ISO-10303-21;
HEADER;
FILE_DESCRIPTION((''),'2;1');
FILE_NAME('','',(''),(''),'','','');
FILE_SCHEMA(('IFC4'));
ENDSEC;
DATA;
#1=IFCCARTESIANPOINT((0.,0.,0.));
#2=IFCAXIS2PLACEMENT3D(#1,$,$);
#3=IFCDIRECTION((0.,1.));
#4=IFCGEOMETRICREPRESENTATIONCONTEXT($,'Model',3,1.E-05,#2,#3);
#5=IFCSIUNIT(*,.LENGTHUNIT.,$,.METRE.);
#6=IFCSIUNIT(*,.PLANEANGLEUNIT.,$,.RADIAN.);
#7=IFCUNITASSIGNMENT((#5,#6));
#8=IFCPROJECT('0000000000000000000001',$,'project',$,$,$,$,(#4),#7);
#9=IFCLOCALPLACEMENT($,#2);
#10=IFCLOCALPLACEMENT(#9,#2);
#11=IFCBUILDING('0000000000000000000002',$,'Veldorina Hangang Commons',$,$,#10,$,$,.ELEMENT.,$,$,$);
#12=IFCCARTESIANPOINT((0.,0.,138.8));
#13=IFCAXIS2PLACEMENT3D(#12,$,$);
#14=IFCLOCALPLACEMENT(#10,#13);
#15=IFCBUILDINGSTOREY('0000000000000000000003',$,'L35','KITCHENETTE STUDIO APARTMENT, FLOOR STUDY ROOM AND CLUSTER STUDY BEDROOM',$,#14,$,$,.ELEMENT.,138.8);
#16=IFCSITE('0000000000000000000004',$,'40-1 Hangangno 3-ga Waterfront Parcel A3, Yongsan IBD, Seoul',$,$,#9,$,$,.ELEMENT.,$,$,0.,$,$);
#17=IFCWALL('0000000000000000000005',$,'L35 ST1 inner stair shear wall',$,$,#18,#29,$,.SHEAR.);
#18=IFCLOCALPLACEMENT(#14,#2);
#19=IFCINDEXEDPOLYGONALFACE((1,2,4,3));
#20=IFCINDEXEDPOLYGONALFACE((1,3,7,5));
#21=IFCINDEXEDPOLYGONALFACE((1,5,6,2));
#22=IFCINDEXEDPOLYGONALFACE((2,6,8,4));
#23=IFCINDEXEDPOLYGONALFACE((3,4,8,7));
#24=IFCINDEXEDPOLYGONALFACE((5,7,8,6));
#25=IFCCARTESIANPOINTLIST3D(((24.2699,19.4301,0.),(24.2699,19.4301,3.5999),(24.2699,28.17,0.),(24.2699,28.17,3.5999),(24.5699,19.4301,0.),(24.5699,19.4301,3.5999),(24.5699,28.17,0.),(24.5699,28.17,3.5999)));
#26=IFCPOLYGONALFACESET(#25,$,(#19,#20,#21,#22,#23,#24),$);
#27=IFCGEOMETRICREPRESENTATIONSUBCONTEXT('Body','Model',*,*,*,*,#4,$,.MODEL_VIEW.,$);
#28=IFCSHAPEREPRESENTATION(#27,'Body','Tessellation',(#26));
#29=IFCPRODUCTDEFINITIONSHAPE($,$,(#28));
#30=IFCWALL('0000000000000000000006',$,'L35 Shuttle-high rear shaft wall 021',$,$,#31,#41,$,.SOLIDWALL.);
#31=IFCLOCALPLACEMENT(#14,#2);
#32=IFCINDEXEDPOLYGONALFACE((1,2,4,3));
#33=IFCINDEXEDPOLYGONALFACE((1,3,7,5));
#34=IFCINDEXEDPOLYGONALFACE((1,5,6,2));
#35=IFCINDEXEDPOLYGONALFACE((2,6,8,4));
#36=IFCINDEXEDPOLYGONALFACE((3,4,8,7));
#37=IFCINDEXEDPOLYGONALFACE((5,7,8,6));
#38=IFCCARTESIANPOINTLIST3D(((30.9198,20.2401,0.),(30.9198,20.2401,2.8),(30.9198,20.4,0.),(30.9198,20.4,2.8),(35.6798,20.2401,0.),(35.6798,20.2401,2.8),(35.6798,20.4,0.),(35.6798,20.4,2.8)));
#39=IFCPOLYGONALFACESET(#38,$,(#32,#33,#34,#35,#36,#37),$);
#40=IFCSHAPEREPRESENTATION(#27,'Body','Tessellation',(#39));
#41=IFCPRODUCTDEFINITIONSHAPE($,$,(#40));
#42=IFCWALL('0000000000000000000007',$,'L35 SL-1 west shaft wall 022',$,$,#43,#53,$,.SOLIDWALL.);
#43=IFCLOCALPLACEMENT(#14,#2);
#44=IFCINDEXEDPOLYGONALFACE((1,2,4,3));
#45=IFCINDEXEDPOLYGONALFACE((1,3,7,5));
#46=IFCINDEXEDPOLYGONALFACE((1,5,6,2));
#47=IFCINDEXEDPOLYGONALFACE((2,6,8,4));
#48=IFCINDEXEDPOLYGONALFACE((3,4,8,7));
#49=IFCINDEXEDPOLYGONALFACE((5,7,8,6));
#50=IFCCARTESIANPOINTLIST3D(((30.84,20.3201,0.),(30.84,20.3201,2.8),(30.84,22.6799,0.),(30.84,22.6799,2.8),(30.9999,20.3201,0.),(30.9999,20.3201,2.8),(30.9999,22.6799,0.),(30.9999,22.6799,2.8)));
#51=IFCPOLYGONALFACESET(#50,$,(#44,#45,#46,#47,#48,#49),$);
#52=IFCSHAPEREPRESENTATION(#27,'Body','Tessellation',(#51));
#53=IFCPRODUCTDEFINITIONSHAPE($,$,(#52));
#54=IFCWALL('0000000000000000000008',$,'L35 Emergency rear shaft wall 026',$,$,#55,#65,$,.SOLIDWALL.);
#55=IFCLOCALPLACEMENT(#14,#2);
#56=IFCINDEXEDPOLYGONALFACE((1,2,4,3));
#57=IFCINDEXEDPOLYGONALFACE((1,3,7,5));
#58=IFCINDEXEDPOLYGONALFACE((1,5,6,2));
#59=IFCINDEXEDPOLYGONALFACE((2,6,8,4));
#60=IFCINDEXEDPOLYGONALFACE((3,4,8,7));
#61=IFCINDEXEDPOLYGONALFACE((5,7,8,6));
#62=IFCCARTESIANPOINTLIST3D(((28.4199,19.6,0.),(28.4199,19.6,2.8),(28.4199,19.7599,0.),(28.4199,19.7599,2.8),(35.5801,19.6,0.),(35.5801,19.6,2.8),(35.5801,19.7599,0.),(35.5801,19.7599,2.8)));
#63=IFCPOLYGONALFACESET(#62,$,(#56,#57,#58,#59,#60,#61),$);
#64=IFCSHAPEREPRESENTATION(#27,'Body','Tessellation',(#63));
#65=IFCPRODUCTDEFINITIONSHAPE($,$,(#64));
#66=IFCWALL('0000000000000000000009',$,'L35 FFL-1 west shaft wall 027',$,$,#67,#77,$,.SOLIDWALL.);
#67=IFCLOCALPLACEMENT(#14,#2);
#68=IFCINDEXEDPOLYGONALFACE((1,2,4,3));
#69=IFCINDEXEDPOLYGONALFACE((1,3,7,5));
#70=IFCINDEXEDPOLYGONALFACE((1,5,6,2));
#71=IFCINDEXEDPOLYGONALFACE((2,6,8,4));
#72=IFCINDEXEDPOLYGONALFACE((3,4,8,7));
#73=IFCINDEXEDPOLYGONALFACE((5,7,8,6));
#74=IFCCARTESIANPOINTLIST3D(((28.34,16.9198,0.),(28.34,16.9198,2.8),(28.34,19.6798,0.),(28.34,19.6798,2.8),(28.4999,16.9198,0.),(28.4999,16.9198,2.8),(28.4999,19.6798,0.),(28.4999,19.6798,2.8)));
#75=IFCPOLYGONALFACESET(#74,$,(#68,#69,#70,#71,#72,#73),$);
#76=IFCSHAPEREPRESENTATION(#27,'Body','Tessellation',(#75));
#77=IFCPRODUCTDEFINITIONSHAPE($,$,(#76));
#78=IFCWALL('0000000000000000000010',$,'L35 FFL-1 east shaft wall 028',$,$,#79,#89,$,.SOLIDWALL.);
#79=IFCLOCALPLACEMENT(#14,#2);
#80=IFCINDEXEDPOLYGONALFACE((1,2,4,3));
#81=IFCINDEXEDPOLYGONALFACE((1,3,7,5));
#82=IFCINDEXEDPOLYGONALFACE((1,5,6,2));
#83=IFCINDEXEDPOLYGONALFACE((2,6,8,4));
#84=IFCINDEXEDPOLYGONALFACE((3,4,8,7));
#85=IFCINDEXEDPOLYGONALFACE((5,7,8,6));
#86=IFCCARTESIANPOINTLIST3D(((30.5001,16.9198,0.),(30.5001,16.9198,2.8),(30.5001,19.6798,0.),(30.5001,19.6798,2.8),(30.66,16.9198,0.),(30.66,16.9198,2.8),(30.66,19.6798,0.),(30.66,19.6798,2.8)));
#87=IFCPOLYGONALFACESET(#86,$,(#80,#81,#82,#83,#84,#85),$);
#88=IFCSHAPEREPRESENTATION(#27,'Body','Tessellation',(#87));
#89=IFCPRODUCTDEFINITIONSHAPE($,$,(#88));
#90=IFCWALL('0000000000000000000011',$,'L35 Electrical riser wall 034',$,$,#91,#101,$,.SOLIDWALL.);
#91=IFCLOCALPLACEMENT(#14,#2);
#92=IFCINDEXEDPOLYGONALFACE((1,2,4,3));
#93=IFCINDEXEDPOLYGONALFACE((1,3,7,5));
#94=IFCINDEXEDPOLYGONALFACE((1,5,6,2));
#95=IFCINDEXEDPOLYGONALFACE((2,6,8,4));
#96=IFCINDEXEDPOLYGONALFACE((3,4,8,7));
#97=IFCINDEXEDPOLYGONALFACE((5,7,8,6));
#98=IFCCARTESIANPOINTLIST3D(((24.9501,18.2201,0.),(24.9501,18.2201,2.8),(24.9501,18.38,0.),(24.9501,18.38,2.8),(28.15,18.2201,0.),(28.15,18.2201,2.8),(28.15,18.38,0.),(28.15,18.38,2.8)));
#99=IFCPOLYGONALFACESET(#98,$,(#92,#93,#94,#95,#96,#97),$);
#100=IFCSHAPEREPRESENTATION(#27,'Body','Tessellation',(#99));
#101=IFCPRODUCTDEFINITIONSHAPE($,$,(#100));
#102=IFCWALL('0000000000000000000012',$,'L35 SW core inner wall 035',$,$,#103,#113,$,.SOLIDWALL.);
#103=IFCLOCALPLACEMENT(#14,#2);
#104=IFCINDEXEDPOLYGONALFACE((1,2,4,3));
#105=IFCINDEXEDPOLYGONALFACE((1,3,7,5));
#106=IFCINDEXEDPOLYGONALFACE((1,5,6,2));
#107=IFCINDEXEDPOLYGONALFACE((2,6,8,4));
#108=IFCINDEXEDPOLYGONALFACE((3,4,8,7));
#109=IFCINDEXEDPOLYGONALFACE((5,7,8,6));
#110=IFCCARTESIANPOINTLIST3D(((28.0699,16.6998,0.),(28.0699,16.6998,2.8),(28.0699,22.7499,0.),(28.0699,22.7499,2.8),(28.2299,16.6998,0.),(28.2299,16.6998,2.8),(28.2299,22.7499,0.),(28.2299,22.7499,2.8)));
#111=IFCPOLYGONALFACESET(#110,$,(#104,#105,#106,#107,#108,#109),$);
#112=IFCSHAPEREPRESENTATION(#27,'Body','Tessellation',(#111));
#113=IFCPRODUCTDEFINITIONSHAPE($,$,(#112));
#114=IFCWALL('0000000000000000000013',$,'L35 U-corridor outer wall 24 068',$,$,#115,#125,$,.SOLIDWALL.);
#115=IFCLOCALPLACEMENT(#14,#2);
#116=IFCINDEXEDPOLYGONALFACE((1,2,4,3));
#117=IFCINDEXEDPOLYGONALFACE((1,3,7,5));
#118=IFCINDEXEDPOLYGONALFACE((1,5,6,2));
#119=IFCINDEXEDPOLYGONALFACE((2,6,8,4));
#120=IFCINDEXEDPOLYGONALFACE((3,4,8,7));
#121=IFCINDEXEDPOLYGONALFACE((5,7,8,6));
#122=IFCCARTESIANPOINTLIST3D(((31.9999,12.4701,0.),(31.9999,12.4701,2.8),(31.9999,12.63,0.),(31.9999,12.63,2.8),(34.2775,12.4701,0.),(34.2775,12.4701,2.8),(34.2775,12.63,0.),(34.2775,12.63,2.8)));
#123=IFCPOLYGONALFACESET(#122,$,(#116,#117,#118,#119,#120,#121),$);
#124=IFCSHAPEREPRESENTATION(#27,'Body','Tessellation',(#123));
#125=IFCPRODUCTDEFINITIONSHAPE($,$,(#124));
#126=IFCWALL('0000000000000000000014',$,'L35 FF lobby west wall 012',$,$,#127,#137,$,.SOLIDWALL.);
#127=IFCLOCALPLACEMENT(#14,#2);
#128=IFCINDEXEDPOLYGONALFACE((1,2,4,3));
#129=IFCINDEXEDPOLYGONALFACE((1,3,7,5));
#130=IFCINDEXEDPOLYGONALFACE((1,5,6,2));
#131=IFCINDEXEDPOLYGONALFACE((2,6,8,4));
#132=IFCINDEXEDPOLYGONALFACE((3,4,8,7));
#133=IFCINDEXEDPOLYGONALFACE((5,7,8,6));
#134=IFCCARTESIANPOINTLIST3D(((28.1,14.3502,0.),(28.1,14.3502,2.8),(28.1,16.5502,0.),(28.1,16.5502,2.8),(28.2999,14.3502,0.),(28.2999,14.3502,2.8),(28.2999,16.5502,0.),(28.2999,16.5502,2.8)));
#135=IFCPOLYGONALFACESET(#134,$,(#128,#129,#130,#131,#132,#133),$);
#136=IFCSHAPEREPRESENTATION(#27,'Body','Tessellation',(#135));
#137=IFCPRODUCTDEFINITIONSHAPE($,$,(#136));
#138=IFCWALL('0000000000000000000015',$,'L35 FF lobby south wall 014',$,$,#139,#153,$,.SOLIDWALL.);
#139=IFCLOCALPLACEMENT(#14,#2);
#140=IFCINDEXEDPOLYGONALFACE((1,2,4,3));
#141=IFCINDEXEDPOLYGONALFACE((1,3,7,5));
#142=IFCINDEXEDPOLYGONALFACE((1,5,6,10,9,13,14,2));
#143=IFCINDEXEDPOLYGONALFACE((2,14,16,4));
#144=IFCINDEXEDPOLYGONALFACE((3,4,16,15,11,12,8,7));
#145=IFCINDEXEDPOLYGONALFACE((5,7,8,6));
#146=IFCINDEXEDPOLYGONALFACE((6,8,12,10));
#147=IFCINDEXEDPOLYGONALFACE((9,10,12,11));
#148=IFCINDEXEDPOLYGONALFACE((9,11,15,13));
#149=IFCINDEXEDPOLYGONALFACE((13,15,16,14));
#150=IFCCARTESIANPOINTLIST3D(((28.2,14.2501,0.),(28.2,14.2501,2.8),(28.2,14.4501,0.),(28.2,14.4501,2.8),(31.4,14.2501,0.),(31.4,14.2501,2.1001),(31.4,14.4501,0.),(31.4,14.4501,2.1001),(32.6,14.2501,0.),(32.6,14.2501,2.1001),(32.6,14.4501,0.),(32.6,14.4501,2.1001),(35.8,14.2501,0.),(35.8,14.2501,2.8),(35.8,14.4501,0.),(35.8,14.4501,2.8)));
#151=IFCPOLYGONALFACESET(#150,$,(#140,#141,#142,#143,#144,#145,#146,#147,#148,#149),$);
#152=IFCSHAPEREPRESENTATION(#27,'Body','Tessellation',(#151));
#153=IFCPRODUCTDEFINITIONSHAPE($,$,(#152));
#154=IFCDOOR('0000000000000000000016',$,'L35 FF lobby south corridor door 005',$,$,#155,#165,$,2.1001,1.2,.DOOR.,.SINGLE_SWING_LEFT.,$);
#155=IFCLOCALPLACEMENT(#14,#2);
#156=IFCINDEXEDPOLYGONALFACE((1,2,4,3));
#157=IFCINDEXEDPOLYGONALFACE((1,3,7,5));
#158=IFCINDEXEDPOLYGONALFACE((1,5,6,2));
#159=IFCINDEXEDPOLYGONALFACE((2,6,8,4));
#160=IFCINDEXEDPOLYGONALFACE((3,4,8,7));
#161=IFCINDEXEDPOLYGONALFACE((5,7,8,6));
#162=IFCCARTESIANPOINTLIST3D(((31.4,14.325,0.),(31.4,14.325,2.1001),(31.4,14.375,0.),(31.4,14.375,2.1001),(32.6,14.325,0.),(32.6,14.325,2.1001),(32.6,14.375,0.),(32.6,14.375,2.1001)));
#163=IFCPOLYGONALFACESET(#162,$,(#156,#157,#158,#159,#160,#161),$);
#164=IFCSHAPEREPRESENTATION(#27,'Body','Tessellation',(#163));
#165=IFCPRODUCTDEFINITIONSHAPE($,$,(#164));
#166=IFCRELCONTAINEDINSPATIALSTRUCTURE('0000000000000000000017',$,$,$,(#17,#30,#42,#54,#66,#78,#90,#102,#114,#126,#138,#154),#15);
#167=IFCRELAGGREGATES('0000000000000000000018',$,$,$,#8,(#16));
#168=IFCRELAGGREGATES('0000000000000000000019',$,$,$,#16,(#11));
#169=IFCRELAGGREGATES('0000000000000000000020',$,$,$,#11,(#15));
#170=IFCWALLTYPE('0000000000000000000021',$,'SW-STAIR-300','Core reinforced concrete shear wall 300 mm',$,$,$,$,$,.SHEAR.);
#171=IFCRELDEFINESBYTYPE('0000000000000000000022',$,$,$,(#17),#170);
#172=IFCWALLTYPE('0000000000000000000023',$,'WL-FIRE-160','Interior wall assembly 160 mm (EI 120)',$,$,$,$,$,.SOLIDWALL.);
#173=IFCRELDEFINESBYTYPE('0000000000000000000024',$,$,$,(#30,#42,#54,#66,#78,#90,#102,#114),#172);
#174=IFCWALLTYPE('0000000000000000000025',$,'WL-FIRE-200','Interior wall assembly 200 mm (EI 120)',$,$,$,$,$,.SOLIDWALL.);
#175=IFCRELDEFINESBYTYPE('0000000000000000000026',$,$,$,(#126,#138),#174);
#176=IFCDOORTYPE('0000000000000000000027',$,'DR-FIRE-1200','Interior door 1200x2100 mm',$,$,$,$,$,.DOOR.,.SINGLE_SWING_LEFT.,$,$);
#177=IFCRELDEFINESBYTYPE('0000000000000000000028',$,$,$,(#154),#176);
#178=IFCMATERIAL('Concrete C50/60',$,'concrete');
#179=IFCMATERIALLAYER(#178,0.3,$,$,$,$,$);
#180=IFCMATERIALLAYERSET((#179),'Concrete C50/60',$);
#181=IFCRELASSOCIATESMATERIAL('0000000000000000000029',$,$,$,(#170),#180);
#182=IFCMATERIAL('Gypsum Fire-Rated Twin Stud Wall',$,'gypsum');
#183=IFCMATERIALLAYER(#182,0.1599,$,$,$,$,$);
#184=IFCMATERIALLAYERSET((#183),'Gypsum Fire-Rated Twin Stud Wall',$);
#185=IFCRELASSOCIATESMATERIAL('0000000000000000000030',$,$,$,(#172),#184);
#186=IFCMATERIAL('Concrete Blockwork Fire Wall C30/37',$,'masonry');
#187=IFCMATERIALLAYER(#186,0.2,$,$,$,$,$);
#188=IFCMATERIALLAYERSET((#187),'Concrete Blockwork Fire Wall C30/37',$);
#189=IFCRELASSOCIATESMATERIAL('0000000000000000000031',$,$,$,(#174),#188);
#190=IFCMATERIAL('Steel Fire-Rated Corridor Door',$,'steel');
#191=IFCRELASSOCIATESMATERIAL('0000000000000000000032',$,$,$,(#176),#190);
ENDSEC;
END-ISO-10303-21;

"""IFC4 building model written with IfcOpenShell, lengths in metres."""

from ifc_helpers import new_model, si_unit, direction, frame, frame_2d, origin, place, context, subcontext, project, spatial, rectangle, extrude, material, layer, layer_set, type_object, element, fill, save


model = new_model("IFC4")

# Units and contexts
model_context = context("Model", 3, precision=1e-05, world=origin(), true_north=direction((0.0, 1.0)))
body_context = subcontext(model_context, "Body", "Model", "MODEL_VIEW")
ifc_project = project(units=[si_unit("LENGTHUNIT", "METRE"), si_unit("PLANEANGLEUNIT", "RADIAN")], contexts=[model_context])

# Site, building, storey
site_placement = place(None, origin())
site = spatial("IfcSite", under=ifc_project, at=site_placement, Name="40-1 Hangangno 3-ga Waterfront Parcel A3, Yongsan IBD, Seoul", CompositionType="ELEMENT", RefElevation=0.0)
building_placement = place(site_placement, origin())
building = spatial("IfcBuilding", under=site, at=building_placement, Name="Veldorina Hangang Commons", CompositionType="ELEMENT")
storey_placement = place(building_placement, frame((0.0, 0.0, 138.8)))
storey = spatial("IfcBuildingStorey", under=building, at=storey_placement, Name="L35", Description="KITCHENETTE STUDIO APARTMENT, FLOOR STUDY ROOM AND CLUSTER STUDY BEDROOM", CompositionType="ELEMENT", Elevation=138.8)

# Walls
ifc_material_1 = material(Name="Concrete C50/60", Category="concrete")
ifc_layer_1 = layer(ifc_material_1, 0.3)
ifc_layer_set_1 = layer_set([ifc_layer_1], Name="Concrete C50/60")
wall_type_1 = type_object("IfcWallType", Name="SW-STAIR-300", Description="Core reinforced concrete shear wall 300 mm", PredefinedType="SHEAR", material=ifc_layer_set_1)
wall_1_placement = place(storey_placement, frame((24.4199, 19.4299, 0.0), z_axis=(0.0, 0.0, 1.0), x_axis=(0.0, 1.0, 0.0)))
element("IfcWall", 1, at=wall_1_placement, inside=storey, type_object=wall_type_1, Name="L35 ST1 inner stair shear wall", PredefinedType="SHEAR", context=body_context, shape_type="SweptSolid", body=[
    extrude(rectangle(XDim=8.74, YDim=0.3, at=frame_2d((4.3701, 0.0))), origin(), (0.0, 0.0, 1.0), 3.5999),
])
ifc_material_2 = material(Name="Gypsum Fire-Rated Twin Stud Wall", Category="gypsum")
ifc_layer_2 = layer(ifc_material_2, 0.1599)
ifc_layer_set_2 = layer_set([ifc_layer_2], Name="Gypsum Fire-Rated Twin Stud Wall")
wall_type_2 = type_object("IfcWallType", Name="WL-FIRE-160", Description="Interior wall assembly 160 mm (EI 120)", PredefinedType="SOLIDWALL", material=ifc_layer_set_2)
wall_2_placement = place(storey_placement, frame((30.9199, 20.3201, 0.0), z_axis=(0.0, 0.0, 1.0), x_axis=(1.0, 0.0, 0.0)))
element("IfcWall", 2, at=wall_2_placement, inside=storey, type_object=wall_type_2, Name="L35 Shuttle-high rear shaft wall 021", PredefinedType="SOLIDWALL", context=body_context, shape_type="SweptSolid", body=[
    extrude(rectangle(XDim=4.76, YDim=0.1599, at=frame_2d((2.3799, 0.0))), origin(), (0.0, 0.0, 1.0), 2.8),
])
wall_3_placement = place(storey_placement, frame((30.9199, 20.3201, 0.0), z_axis=(0.0, 0.0, 1.0), x_axis=(0.0, 1.0, 0.0)))
element("IfcWall", 3, at=wall_3_placement, inside=storey, type_object=wall_type_2, Name="L35 SL-1 west shaft wall 022", PredefinedType="SOLIDWALL", context=body_context, shape_type="SweptSolid", body=[
    extrude(rectangle(XDim=2.3599, YDim=0.1599, at=frame_2d((1.1799, 0.0))), origin(), (0.0, 0.0, 1.0), 2.8),
])

# Walls
wall_4_placement = place(storey_placement, frame((28.4199, 19.6799, 0.0), z_axis=(0.0, 0.0, 1.0), x_axis=(1.0, 0.0, 0.0)))
element("IfcWall", 4, at=wall_4_placement, inside=storey, type_object=wall_type_2, Name="L35 Emergency rear shaft wall 026", PredefinedType="SOLIDWALL", context=body_context, shape_type="SweptSolid", body=[
    extrude(rectangle(XDim=7.1602, YDim=0.1599, at=frame_2d((3.5801, 0.0))), origin(), (0.0, 0.0, 1.0), 2.8),
])
for number, where, z_axis, x_axis, name in (
    (5, (28.4199, 16.9199, 0.0), (0.0, 0.0, 1.0), (0.0, 1.0, 0.0), "L35 FFL-1 west shaft wall 027"),
    (6, (30.5801, 16.9199, 0.0), (0.0, 0.0, 1.0), (0.0, 1.0, 0.0), "L35 FFL-1 east shaft wall 028"),
):
    element("IfcWall", number, at=place(storey_placement, frame(where, z_axis=z_axis, x_axis=x_axis)), inside=storey, type_object=wall_type_2, Name=name, PredefinedType="SOLIDWALL", context=body_context, shape_type="SweptSolid", body=[
        extrude(rectangle(XDim=2.76, YDim=0.1599, at=frame_2d((1.3799, 0.0))), origin(), (0.0, 0.0, 1.0), 2.8),
    ])
wall_5_placement = place(storey_placement, frame((24.95, 18.3, 0.0), z_axis=(0.0, 0.0, 1.0), x_axis=(1.0, 0.0, 0.0)))
element("IfcWall", 7, at=wall_5_placement, inside=storey, type_object=wall_type_2, Name="L35 Electrical riser wall 034", PredefinedType="SOLIDWALL", context=body_context, shape_type="SweptSolid", body=[
    extrude(rectangle(XDim=3.2, YDim=0.1599, at=frame_2d((1.6001, 0.0))), origin(), (0.0, 0.0, 1.0), 2.8),
])
wall_6_placement = place(storey_placement, frame((28.1499, 16.7, 0.0), z_axis=(0.0, 0.0, 1.0), x_axis=(0.0, 1.0, 0.0)))
element("IfcWall", 8, at=wall_6_placement, inside=storey, type_object=wall_type_2, Name="L35 SW core inner wall 035", PredefinedType="SOLIDWALL", context=body_context, shape_type="SweptSolid", body=[
    extrude(rectangle(XDim=6.05, YDim=0.1599, at=frame_2d((3.0249, 0.0))), origin(), (0.0, 0.0, 1.0), 2.8),
])
wall_7_placement = place(storey_placement, frame((32.0, 12.55, 0.0), z_axis=(0.0, 0.0, 1.0), x_axis=(1.0, 0.0, 0.0)))
element("IfcWall", 9, at=wall_7_placement, inside=storey, type_object=wall_type_2, Name="L35 U-corridor outer wall 24 068", PredefinedType="SOLIDWALL", context=body_context, shape_type="SweptSolid", body=[
    extrude(rectangle(XDim=2.2776, YDim=0.1599, at=frame_2d((1.1387, 0.0))), origin(), (0.0, 0.0, 1.0), 2.8),
])
ifc_material_3 = material(Name="Concrete Blockwork Fire Wall C30/37", Category="masonry")
ifc_layer_3 = layer(ifc_material_3, 0.2)
ifc_layer_set_3 = layer_set([ifc_layer_3], Name="Concrete Blockwork Fire Wall C30/37")
wall_type_3 = type_object("IfcWallType", Name="WL-FIRE-200", Description="Interior wall assembly 200 mm (EI 120)", PredefinedType="SOLIDWALL", material=ifc_layer_set_3)
wall_8_placement = place(storey_placement, frame((28.2, 14.3501, 0.0), z_axis=(0.0, 0.0, 1.0), x_axis=(0.0, 1.0, 0.0)))
element("IfcWall", 10, at=wall_8_placement, inside=storey, type_object=wall_type_3, Name="L35 FF lobby west wall 012", PredefinedType="SOLIDWALL", context=body_context, shape_type="SweptSolid", body=[
    extrude(rectangle(XDim=2.2, YDim=0.2, at=frame_2d((1.1001, 0.0))), origin(), (0.0, 0.0, 1.0), 2.8),
])

# Wall, opening, door
wall_9_placement = place(storey_placement, frame((28.2, 14.3501, 0.0), z_axis=(0.0, 0.0, 1.0), x_axis=(1.0, 0.0, 0.0)))
wall_9 = element("IfcWall", 11, at=wall_9_placement, inside=storey, type_object=wall_type_3, Name="L35 FF lobby south wall 014", PredefinedType="SOLIDWALL", context=body_context, shape_type="SweptSolid", body=[
    extrude(rectangle(XDim=7.6001, YDim=0.2, at=frame_2d((3.8, 0.0))), origin(), (0.0, 0.0, 1.0), 2.8),
])
opening_1_placement = place(wall_9_placement, frame((3.2, 0.0, 0.0)))
opening_1 = element("IfcOpeningElement", 12, at=opening_1_placement, cuts=wall_9, PredefinedType="OPENING", context=body_context, shape_type="SweptSolid", body=[
    extrude(rectangle(XDim=1.2, YDim=2.1001, at=frame_2d((0.6001, 1.05))), frame((0.0, 0.1099, 0.0), z_axis=(0.0, -1.0, 0.0), x_axis=(1.0, 0.0, 0.0)), (0.0, 0.0, 1.0), 0.22),
])
ifc_material_4 = material(Name="Steel Fire-Rated Corridor Door", Category="steel")
door_type_1 = type_object("IfcDoorType", Name="DR-FIRE-1200", Description="Interior door 1200x2100 mm", OperationType="SINGLE_SWING_LEFT", PredefinedType="DOOR", material=ifc_material_4)
door_1_placement = place(opening_1_placement, origin())
door_1 = element("IfcDoor", 13, at=door_1_placement, inside=storey, type_object=door_type_1, Name="L35 FF lobby south corridor door 005", OperationType="SINGLE_SWING_LEFT", OverallHeight=2.1001, OverallWidth=1.2, PredefinedType="DOOR", context=body_context, shape_type="SweptSolid", body=[
    extrude(rectangle(XDim=1.2, YDim=2.1001, at=frame_2d((0.6001, 1.05))), frame((0.0, 0.0249, 0.0), z_axis=(0.0, -1.0, 0.0), x_axis=(1.0, 0.0, 0.0)), (0.0, 0.0, 1.0), 0.05),
])
fill(opening_1, door_1)

save(model, "model.ifc")
